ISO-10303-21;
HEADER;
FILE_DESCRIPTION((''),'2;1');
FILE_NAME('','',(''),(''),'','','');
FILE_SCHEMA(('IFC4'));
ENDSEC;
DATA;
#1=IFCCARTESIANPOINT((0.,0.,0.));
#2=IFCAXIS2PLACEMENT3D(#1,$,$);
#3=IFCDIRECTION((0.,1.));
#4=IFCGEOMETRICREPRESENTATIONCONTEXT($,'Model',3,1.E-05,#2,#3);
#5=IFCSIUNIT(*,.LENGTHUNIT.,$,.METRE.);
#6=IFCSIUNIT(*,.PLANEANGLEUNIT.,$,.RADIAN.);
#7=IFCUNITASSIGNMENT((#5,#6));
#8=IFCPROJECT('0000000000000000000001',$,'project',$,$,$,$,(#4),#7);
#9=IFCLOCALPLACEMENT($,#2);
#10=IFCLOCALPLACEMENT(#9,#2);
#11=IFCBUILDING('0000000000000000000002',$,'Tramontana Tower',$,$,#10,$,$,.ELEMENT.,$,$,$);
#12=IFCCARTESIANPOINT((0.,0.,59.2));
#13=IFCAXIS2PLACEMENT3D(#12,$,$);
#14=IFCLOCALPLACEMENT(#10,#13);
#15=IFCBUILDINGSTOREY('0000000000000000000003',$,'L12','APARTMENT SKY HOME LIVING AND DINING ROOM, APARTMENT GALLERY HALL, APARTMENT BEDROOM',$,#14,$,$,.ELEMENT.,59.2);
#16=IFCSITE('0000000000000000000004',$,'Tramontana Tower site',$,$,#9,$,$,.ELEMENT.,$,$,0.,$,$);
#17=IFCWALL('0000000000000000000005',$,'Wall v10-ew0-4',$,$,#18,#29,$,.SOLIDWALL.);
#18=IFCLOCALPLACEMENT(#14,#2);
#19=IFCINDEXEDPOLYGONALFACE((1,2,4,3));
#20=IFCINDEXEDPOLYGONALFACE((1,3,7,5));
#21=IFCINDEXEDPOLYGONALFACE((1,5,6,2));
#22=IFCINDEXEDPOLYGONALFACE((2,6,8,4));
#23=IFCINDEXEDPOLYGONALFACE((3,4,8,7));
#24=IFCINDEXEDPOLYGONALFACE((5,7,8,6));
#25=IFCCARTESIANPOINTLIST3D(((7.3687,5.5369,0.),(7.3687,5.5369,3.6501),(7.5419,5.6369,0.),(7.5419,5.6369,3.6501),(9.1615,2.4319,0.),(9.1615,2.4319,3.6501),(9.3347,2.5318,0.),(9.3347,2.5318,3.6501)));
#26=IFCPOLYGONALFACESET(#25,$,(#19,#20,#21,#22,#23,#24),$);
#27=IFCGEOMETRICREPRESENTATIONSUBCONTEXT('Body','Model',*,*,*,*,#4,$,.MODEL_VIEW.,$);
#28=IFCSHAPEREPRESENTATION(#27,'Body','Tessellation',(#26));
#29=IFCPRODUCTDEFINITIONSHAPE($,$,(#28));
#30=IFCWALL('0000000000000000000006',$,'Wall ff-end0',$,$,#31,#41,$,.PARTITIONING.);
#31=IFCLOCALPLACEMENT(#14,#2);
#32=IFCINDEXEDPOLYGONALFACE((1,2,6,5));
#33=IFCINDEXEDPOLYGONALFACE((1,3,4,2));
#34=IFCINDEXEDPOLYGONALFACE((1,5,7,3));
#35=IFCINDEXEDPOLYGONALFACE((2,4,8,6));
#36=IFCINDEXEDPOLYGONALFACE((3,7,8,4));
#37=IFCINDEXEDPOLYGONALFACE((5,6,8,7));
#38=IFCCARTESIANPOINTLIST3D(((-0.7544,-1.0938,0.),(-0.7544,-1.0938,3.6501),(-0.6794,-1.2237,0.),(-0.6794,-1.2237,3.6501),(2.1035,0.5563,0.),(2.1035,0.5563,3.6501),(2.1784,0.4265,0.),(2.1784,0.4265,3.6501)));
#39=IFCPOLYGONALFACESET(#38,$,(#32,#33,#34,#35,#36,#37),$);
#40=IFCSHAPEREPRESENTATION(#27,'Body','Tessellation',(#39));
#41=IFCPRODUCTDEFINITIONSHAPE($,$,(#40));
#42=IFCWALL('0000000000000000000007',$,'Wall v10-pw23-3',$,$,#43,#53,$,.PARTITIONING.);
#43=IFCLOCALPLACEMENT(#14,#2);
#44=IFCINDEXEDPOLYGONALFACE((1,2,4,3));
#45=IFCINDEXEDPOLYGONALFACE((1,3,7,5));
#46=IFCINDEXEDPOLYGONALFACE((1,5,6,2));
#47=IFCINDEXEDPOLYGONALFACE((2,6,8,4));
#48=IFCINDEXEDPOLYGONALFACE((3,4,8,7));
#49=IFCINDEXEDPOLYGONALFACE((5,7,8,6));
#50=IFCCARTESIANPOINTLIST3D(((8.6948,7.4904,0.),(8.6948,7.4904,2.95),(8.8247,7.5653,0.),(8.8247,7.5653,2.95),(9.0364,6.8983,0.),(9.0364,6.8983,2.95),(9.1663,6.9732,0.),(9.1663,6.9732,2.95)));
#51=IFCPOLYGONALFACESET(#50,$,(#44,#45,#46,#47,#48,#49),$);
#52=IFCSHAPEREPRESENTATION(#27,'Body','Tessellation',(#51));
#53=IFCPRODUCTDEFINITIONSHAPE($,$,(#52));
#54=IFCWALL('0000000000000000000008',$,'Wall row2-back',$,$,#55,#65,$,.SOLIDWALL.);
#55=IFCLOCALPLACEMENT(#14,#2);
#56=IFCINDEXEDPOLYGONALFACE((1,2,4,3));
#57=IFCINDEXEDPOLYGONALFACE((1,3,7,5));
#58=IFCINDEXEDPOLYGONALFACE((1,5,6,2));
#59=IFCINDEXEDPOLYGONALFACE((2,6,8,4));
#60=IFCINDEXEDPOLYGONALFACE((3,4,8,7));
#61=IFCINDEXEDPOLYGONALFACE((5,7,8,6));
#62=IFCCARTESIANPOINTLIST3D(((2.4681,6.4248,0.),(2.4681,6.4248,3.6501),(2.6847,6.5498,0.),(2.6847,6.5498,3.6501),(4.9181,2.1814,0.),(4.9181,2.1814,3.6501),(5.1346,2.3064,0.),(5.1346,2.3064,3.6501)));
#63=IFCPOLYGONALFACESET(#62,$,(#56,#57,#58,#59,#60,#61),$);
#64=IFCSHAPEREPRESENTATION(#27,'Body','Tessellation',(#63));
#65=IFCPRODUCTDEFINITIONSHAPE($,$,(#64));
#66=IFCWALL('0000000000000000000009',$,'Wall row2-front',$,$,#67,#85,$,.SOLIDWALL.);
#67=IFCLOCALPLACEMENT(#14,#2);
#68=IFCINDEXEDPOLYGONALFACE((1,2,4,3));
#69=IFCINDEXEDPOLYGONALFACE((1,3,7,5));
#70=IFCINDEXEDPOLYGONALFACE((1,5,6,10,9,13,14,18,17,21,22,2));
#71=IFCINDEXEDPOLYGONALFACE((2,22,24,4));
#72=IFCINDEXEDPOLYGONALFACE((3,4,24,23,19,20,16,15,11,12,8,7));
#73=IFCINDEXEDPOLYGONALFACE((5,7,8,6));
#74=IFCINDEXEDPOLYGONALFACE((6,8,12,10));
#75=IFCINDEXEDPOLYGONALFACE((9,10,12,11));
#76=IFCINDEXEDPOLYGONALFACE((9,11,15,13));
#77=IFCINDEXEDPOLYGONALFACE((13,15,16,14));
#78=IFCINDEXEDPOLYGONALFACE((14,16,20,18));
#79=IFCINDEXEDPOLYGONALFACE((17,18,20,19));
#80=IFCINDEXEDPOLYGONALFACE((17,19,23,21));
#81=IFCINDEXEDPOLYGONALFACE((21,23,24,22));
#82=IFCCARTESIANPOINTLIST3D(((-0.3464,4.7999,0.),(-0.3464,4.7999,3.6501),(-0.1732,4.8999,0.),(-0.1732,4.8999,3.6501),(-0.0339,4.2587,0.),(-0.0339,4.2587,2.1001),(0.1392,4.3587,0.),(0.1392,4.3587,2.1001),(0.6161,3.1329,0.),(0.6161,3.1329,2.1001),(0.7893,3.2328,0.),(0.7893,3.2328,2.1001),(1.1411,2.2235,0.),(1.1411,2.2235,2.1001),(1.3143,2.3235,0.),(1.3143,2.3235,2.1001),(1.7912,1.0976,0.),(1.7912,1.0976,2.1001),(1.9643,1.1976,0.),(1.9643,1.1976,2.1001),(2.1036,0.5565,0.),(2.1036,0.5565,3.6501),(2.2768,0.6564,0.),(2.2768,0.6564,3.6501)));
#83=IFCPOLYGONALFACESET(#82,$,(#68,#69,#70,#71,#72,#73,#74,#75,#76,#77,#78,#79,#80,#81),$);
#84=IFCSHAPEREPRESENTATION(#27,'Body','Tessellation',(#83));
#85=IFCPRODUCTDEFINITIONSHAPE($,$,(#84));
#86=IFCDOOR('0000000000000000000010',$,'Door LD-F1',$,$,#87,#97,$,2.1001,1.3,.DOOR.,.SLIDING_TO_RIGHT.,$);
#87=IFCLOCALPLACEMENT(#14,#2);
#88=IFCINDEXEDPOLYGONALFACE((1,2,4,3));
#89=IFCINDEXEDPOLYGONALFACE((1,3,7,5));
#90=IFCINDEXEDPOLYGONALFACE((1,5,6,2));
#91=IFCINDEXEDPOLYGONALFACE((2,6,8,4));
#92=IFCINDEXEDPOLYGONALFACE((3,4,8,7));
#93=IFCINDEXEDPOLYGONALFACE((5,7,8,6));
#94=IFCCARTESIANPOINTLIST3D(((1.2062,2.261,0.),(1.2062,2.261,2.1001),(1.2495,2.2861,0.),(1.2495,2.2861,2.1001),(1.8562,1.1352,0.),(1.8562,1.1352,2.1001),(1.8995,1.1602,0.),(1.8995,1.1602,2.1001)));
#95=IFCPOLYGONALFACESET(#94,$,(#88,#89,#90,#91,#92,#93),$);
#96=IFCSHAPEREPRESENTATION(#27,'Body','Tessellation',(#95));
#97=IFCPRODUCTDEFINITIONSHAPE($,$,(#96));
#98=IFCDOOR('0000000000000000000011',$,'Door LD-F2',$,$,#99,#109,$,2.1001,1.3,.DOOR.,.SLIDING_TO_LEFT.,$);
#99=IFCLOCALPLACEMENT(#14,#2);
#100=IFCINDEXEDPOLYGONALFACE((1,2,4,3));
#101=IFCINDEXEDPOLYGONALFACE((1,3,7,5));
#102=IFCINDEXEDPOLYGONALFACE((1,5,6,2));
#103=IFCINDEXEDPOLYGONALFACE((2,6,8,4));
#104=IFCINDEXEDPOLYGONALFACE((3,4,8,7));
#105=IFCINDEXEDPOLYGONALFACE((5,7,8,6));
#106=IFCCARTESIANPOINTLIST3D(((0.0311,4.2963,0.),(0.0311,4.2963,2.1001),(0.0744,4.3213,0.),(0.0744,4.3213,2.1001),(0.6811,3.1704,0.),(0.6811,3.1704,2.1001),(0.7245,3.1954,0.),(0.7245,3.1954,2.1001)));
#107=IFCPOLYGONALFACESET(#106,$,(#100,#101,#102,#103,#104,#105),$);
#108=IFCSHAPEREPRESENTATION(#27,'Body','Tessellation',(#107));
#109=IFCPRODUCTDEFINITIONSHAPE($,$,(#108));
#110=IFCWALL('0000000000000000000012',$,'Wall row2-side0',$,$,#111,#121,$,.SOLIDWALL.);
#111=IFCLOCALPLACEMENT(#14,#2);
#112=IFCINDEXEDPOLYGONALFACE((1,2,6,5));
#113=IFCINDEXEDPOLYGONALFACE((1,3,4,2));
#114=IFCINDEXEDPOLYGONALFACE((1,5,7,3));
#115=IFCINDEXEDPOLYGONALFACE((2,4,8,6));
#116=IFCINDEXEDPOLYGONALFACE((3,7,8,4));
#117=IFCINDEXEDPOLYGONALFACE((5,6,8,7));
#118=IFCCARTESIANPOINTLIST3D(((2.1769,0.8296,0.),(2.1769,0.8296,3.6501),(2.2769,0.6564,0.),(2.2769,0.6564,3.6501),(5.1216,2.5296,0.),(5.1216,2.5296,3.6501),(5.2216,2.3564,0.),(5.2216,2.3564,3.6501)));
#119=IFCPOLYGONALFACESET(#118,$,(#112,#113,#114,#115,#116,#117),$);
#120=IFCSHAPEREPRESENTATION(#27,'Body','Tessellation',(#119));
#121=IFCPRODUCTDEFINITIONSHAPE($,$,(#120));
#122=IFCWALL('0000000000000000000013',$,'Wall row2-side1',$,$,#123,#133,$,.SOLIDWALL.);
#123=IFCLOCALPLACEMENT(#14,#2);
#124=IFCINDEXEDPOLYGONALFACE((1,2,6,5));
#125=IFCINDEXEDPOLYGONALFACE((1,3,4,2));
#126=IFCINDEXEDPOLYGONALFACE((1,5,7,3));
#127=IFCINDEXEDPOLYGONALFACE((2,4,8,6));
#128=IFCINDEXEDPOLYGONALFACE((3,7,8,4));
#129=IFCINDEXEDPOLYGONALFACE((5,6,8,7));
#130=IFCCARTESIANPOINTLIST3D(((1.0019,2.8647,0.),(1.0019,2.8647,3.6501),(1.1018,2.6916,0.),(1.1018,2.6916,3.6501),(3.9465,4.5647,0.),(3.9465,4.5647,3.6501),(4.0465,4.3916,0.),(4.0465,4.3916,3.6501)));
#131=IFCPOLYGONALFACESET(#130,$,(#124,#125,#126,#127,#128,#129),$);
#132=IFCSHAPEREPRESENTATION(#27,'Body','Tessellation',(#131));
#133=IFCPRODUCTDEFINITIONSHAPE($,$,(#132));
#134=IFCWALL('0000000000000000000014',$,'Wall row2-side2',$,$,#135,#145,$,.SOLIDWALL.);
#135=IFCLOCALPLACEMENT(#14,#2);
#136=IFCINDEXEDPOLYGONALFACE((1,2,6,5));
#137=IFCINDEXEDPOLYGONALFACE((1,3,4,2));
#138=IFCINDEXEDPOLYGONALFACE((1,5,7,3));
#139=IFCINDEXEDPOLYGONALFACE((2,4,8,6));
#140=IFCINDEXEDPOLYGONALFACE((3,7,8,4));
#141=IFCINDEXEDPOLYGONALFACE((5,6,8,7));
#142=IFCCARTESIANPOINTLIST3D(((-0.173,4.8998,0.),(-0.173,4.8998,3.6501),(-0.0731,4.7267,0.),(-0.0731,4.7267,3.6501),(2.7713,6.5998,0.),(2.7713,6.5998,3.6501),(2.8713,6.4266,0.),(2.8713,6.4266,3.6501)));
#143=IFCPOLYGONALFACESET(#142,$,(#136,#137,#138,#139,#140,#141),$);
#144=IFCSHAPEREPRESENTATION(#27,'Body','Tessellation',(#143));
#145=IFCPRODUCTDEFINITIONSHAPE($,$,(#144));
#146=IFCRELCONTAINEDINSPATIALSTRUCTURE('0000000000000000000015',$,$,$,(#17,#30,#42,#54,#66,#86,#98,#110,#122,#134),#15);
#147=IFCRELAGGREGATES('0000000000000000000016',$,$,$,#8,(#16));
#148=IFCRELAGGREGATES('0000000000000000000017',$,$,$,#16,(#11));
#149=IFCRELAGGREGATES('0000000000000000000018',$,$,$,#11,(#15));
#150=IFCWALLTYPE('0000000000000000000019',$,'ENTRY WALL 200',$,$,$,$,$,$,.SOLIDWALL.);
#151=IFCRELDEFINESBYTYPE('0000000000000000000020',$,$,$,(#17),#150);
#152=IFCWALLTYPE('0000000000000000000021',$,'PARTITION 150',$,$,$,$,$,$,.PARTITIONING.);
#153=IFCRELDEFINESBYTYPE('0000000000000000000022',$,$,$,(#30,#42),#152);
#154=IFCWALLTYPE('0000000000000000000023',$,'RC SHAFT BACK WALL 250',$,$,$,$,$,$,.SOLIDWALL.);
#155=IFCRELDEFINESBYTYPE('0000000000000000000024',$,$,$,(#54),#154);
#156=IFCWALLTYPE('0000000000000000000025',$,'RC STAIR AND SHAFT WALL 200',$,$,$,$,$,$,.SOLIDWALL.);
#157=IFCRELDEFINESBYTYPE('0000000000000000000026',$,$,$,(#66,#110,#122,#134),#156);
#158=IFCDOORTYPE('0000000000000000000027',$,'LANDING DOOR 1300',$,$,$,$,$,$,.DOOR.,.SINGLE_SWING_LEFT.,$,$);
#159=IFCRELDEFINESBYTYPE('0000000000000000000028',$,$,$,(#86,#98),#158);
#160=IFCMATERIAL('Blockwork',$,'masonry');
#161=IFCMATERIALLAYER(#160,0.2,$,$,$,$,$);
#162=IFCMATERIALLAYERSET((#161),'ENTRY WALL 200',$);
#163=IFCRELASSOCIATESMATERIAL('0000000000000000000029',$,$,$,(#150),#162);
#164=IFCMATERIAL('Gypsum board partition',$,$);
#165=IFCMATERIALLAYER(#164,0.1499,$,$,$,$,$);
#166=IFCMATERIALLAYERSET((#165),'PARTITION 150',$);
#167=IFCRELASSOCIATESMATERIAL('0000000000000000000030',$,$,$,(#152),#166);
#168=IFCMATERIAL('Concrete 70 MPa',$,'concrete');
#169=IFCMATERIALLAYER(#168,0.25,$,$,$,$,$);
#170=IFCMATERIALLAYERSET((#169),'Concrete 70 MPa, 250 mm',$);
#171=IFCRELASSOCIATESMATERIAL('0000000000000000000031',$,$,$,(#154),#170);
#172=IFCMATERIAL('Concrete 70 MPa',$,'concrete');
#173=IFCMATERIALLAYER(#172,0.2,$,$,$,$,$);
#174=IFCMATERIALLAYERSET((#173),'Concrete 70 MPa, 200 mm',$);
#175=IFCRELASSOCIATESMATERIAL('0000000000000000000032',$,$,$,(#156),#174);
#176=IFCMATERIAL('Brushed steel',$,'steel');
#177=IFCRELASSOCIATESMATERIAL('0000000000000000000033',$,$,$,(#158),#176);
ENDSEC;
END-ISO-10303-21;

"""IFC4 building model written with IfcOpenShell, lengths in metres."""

from ifc_helpers import new_model, si_unit, direction, frame, frame_2d, origin, place, context, subcontext, project, spatial, rectangle, extrude, material, layer, layer_set, type_object, element, fill, save


model = new_model("IFC4")

# Units and contexts
model_context = context("Model", 3, precision=1e-05, world=origin(), true_north=direction((0.0, 1.0)))
body_context = subcontext(model_context, "Body", "Model", "MODEL_VIEW")
ifc_project = project(units=[si_unit("LENGTHUNIT", "METRE"), si_unit("PLANEANGLEUNIT", "RADIAN")], contexts=[model_context])

# Site, building, storey
site_placement = place(None, origin())
site = spatial("IfcSite", under=ifc_project, at=site_placement, Name="Tramontana Tower site", CompositionType="ELEMENT", RefElevation=0.0)
building_placement = place(site_placement, origin())
building = spatial("IfcBuilding", under=site, at=building_placement, Name="Tramontana Tower", CompositionType="ELEMENT")
storey_placement = place(building_placement, frame((0.0, 0.0, 59.2)))
storey = spatial("IfcBuildingStorey", under=building, at=storey_placement, Name="L12", Description="APARTMENT SKY HOME LIVING AND DINING ROOM, APARTMENT GALLERY HALL, APARTMENT BEDROOM", CompositionType="ELEMENT", Elevation=59.2)

# Walls
ifc_material_1 = material(Name="Blockwork", Category="masonry")
ifc_layer_1 = layer(ifc_material_1, 0.2)
ifc_layer_set_1 = layer_set([ifc_layer_1], Name="ENTRY WALL 200")
wall_type_1 = type_object("IfcWallType", Name="ENTRY WALL 200", PredefinedType="SOLIDWALL", material=ifc_layer_set_1)
wall_1_placement = place(storey_placement, frame((7.4553, 5.5869, 0.0), z_axis=(0.0, 0.0, 1.0), x_axis=(0.500013, -0.866018, 0.0)))
element("IfcWall", 1, at=wall_1_placement, inside=storey, type_object=wall_type_1, Name="Wall v10-ew0-4", PredefinedType="SOLIDWALL", context=body_context, shape_type="SweptSolid", body=[
    extrude(rectangle(XDim=3.5854, YDim=0.2, at=frame_2d((1.7927, 0.0))), origin(), (0.0, 0.0, 1.0), 3.6501),
])
ifc_material_2 = material(Name="Gypsum board partition")
ifc_layer_2 = layer(ifc_material_2, 0.1499)
ifc_layer_set_2 = layer_set([ifc_layer_2], Name="PARTITION 150")
wall_type_2 = type_object("IfcWallType", Name="PARTITION 150", PredefinedType="PARTITIONING", material=ifc_layer_set_2)
wall_2_placement = place(storey_placement, frame((-0.7168, -1.1587, 0.0), z_axis=(0.0, 0.0, 1.0), x_axis=(0.866008, 0.50003, 0.0)))
element("IfcWall", 2, at=wall_2_placement, inside=storey, type_object=wall_type_2, Name="Wall ff-end0", PredefinedType="PARTITIONING", context=body_context, shape_type="SweptSolid", body=[
    extrude(rectangle(XDim=3.3, YDim=0.1499, at=frame_2d((1.6499, 0.0))), origin(), (0.0, 0.0, 1.0), 3.6501),
])
wall_3_placement = place(storey_placement, frame((8.7598, 7.5278, 0.0), z_axis=(0.0, 0.0, 1.0), x_axis=(0.499712, -0.866192, 0.0)))
element("IfcWall", 3, at=wall_3_placement, inside=storey, type_object=wall_type_2, Name="Wall v10-pw23-3", PredefinedType="PARTITIONING", context=body_context, shape_type="SweptSolid", body=[
    extrude(rectangle(XDim=0.6836, YDim=0.1499, at=frame_2d((0.3418, 0.0))), origin(), (0.0, 0.0, 1.0), 2.95),
])
ifc_material_3 = material(Name="Concrete 70 MPa", Category="concrete")
ifc_layer_3 = layer(ifc_material_3, 0.25)
ifc_layer_set_3 = layer_set([ifc_layer_3], Name="Concrete 70 MPa, 250 mm")
wall_type_3 = type_object("IfcWallType", Name="RC SHAFT BACK WALL 250", PredefinedType="SOLIDWALL", material=ifc_layer_set_3)
wall_4_placement = place(storey_placement, frame((5.0264, 2.2439, 0.0), z_axis=(0.0, 0.0, 1.0), x_axis=(-0.500003, 0.866024, 0.0)))
element("IfcWall", 4, at=wall_4_placement, inside=storey, type_object=wall_type_3, Name="Wall row2-back", PredefinedType="SOLIDWALL", context=body_context, shape_type="SweptSolid", body=[
    extrude(rectangle(XDim=4.8999, YDim=0.25, at=frame_2d((2.45, 0.0))), origin(), (0.0, 0.0, 1.0), 3.6501),
])

# Shared definitions
ifc_material_4 = material(Name="Concrete 70 MPa", Category="concrete")
ifc_layer_4 = layer(ifc_material_4, 0.2)
ifc_layer_set_4 = layer_set([ifc_layer_4], Name="Concrete 70 MPa, 200 mm")
wall_type_4 = type_object("IfcWallType", Name="RC STAIR AND SHAFT WALL 200", PredefinedType="SOLIDWALL", material=ifc_layer_set_4)

# Wall, openings, doors
wall_5_placement = place(storey_placement, frame((2.1902, 0.6064, 0.0), z_axis=(0.0, 0.0, 1.0), x_axis=(-0.500003, 0.866024, 0.0)))
wall_5 = element("IfcWall", 5, at=wall_5_placement, inside=storey, type_object=wall_type_4, Name="Wall row2-front", PredefinedType="SOLIDWALL", context=body_context, shape_type="SweptSolid", body=[
    extrude(rectangle(XDim=4.8999, YDim=0.2, at=frame_2d((2.45, 0.0))), origin(), (0.0, 0.0, 1.0), 3.6501),
])
opening_1_placement = place(wall_5_placement, frame((0.625, 0.0, 0.0)))
opening_1 = element("IfcOpeningElement", 6, at=opening_1_placement, cuts=wall_5, PredefinedType="OPENING", context=body_context, shape_type="SweptSolid", body=[
    extrude(rectangle(XDim=1.3, YDim=2.1001, at=frame_2d((0.6499, 1.05))), frame((0.0, 0.1099, 0.0), z_axis=(0.0, -1.0, 0.0), x_axis=(1.0, 0.0, 0.0)), (0.0, 0.0, 1.0), 0.22),
])
opening_2_placement = place(wall_5_placement, frame((2.9751, 0.0, 0.0)))
opening_2 = element("IfcOpeningElement", 7, at=opening_2_placement, cuts=wall_5, PredefinedType="OPENING", context=body_context, shape_type="SweptSolid", body=[
    extrude(rectangle(XDim=1.3, YDim=2.1001, at=frame_2d((0.6499, 1.05))), frame((0.0, 0.1099, 0.0), z_axis=(0.0, -1.0, 0.0), x_axis=(1.0, 0.0, 0.0)), (0.0, 0.0, 1.0), 0.22),
])
ifc_material_5 = material(Name="Brushed steel", Category="steel")
door_type_1 = type_object("IfcDoorType", Name="LANDING DOOR 1300", OperationType="SINGLE_SWING_LEFT", PredefinedType="DOOR", material=ifc_material_5)
door_1_placement = place(opening_1_placement, origin())
door_1 = element("IfcDoor", 8, at=door_1_placement, inside=storey, type_object=door_type_1, Name="Door LD-F1", OperationType="SLIDING_TO_RIGHT", OverallHeight=2.1001, OverallWidth=1.3, PredefinedType="DOOR", context=body_context, shape_type="SweptSolid", body=[
    extrude(rectangle(XDim=1.3, YDim=2.1001, at=frame_2d((0.6499, 1.05))), frame((0.0, 0.0249, 0.0), z_axis=(0.0, -1.0, 0.0), x_axis=(1.0, 0.0, 0.0)), (0.0, 0.0, 1.0), 0.05),
])
fill(opening_1, door_1)
door_2_placement = place(opening_2_placement, origin())
door_2 = element("IfcDoor", 9, at=door_2_placement, inside=storey, type_object=door_type_1, Name="Door LD-F2", OperationType="SLIDING_TO_LEFT", OverallHeight=2.1001, OverallWidth=1.3, PredefinedType="DOOR", context=body_context, shape_type="SweptSolid", body=[
    extrude(rectangle(XDim=1.3, YDim=2.1001, at=frame_2d((0.6499, 1.05))), frame((0.0, 0.0249, 0.0), z_axis=(0.0, -1.0, 0.0), x_axis=(1.0, 0.0, 0.0)), (0.0, 0.0, 1.0), 0.05),
])
fill(opening_2, door_2)

# Walls
for number, where, z_axis, x_axis, name in (
    (10, (2.2268, 0.7429, 0.0), (0.0, 0.0, 1.0), (0.866039, 0.499977, 0.0), "Wall row2-side0"),
    (11, (1.0518, 2.7781, 0.0), (0.0, 0.0, 1.0), (0.866039, 0.499977, 0.0), "Wall row2-side1"),
):
    element("IfcWall", number, at=place(storey_placement, frame(where, z_axis=z_axis, x_axis=x_axis)), inside=storey, type_object=wall_type_4, Name=name, PredefinedType="SOLIDWALL", context=body_context, shape_type="SweptSolid", body=[
        extrude(rectangle(XDim=3.4001, YDim=0.2, at=frame_2d((1.7002, 0.0))), origin(), (0.0, 0.0, 1.0), 3.6501),
    ])
wall_6_placement = place(storey_placement, frame((-0.123, 4.8132, 0.0), z_axis=(0.0, 0.0, 1.0), x_axis=(0.866021, 0.500008, 0.0)))
element("IfcWall", 12, at=wall_6_placement, inside=storey, type_object=wall_type_4, Name="Wall row2-side2", PredefinedType="SOLIDWALL", context=body_context, shape_type="SweptSolid", body=[
    extrude(rectangle(XDim=3.3999, YDim=0.2, at=frame_2d((1.7, 0.0))), origin(), (0.0, 0.0, 1.0), 3.6501),
])

save(model, "model.ifc")
